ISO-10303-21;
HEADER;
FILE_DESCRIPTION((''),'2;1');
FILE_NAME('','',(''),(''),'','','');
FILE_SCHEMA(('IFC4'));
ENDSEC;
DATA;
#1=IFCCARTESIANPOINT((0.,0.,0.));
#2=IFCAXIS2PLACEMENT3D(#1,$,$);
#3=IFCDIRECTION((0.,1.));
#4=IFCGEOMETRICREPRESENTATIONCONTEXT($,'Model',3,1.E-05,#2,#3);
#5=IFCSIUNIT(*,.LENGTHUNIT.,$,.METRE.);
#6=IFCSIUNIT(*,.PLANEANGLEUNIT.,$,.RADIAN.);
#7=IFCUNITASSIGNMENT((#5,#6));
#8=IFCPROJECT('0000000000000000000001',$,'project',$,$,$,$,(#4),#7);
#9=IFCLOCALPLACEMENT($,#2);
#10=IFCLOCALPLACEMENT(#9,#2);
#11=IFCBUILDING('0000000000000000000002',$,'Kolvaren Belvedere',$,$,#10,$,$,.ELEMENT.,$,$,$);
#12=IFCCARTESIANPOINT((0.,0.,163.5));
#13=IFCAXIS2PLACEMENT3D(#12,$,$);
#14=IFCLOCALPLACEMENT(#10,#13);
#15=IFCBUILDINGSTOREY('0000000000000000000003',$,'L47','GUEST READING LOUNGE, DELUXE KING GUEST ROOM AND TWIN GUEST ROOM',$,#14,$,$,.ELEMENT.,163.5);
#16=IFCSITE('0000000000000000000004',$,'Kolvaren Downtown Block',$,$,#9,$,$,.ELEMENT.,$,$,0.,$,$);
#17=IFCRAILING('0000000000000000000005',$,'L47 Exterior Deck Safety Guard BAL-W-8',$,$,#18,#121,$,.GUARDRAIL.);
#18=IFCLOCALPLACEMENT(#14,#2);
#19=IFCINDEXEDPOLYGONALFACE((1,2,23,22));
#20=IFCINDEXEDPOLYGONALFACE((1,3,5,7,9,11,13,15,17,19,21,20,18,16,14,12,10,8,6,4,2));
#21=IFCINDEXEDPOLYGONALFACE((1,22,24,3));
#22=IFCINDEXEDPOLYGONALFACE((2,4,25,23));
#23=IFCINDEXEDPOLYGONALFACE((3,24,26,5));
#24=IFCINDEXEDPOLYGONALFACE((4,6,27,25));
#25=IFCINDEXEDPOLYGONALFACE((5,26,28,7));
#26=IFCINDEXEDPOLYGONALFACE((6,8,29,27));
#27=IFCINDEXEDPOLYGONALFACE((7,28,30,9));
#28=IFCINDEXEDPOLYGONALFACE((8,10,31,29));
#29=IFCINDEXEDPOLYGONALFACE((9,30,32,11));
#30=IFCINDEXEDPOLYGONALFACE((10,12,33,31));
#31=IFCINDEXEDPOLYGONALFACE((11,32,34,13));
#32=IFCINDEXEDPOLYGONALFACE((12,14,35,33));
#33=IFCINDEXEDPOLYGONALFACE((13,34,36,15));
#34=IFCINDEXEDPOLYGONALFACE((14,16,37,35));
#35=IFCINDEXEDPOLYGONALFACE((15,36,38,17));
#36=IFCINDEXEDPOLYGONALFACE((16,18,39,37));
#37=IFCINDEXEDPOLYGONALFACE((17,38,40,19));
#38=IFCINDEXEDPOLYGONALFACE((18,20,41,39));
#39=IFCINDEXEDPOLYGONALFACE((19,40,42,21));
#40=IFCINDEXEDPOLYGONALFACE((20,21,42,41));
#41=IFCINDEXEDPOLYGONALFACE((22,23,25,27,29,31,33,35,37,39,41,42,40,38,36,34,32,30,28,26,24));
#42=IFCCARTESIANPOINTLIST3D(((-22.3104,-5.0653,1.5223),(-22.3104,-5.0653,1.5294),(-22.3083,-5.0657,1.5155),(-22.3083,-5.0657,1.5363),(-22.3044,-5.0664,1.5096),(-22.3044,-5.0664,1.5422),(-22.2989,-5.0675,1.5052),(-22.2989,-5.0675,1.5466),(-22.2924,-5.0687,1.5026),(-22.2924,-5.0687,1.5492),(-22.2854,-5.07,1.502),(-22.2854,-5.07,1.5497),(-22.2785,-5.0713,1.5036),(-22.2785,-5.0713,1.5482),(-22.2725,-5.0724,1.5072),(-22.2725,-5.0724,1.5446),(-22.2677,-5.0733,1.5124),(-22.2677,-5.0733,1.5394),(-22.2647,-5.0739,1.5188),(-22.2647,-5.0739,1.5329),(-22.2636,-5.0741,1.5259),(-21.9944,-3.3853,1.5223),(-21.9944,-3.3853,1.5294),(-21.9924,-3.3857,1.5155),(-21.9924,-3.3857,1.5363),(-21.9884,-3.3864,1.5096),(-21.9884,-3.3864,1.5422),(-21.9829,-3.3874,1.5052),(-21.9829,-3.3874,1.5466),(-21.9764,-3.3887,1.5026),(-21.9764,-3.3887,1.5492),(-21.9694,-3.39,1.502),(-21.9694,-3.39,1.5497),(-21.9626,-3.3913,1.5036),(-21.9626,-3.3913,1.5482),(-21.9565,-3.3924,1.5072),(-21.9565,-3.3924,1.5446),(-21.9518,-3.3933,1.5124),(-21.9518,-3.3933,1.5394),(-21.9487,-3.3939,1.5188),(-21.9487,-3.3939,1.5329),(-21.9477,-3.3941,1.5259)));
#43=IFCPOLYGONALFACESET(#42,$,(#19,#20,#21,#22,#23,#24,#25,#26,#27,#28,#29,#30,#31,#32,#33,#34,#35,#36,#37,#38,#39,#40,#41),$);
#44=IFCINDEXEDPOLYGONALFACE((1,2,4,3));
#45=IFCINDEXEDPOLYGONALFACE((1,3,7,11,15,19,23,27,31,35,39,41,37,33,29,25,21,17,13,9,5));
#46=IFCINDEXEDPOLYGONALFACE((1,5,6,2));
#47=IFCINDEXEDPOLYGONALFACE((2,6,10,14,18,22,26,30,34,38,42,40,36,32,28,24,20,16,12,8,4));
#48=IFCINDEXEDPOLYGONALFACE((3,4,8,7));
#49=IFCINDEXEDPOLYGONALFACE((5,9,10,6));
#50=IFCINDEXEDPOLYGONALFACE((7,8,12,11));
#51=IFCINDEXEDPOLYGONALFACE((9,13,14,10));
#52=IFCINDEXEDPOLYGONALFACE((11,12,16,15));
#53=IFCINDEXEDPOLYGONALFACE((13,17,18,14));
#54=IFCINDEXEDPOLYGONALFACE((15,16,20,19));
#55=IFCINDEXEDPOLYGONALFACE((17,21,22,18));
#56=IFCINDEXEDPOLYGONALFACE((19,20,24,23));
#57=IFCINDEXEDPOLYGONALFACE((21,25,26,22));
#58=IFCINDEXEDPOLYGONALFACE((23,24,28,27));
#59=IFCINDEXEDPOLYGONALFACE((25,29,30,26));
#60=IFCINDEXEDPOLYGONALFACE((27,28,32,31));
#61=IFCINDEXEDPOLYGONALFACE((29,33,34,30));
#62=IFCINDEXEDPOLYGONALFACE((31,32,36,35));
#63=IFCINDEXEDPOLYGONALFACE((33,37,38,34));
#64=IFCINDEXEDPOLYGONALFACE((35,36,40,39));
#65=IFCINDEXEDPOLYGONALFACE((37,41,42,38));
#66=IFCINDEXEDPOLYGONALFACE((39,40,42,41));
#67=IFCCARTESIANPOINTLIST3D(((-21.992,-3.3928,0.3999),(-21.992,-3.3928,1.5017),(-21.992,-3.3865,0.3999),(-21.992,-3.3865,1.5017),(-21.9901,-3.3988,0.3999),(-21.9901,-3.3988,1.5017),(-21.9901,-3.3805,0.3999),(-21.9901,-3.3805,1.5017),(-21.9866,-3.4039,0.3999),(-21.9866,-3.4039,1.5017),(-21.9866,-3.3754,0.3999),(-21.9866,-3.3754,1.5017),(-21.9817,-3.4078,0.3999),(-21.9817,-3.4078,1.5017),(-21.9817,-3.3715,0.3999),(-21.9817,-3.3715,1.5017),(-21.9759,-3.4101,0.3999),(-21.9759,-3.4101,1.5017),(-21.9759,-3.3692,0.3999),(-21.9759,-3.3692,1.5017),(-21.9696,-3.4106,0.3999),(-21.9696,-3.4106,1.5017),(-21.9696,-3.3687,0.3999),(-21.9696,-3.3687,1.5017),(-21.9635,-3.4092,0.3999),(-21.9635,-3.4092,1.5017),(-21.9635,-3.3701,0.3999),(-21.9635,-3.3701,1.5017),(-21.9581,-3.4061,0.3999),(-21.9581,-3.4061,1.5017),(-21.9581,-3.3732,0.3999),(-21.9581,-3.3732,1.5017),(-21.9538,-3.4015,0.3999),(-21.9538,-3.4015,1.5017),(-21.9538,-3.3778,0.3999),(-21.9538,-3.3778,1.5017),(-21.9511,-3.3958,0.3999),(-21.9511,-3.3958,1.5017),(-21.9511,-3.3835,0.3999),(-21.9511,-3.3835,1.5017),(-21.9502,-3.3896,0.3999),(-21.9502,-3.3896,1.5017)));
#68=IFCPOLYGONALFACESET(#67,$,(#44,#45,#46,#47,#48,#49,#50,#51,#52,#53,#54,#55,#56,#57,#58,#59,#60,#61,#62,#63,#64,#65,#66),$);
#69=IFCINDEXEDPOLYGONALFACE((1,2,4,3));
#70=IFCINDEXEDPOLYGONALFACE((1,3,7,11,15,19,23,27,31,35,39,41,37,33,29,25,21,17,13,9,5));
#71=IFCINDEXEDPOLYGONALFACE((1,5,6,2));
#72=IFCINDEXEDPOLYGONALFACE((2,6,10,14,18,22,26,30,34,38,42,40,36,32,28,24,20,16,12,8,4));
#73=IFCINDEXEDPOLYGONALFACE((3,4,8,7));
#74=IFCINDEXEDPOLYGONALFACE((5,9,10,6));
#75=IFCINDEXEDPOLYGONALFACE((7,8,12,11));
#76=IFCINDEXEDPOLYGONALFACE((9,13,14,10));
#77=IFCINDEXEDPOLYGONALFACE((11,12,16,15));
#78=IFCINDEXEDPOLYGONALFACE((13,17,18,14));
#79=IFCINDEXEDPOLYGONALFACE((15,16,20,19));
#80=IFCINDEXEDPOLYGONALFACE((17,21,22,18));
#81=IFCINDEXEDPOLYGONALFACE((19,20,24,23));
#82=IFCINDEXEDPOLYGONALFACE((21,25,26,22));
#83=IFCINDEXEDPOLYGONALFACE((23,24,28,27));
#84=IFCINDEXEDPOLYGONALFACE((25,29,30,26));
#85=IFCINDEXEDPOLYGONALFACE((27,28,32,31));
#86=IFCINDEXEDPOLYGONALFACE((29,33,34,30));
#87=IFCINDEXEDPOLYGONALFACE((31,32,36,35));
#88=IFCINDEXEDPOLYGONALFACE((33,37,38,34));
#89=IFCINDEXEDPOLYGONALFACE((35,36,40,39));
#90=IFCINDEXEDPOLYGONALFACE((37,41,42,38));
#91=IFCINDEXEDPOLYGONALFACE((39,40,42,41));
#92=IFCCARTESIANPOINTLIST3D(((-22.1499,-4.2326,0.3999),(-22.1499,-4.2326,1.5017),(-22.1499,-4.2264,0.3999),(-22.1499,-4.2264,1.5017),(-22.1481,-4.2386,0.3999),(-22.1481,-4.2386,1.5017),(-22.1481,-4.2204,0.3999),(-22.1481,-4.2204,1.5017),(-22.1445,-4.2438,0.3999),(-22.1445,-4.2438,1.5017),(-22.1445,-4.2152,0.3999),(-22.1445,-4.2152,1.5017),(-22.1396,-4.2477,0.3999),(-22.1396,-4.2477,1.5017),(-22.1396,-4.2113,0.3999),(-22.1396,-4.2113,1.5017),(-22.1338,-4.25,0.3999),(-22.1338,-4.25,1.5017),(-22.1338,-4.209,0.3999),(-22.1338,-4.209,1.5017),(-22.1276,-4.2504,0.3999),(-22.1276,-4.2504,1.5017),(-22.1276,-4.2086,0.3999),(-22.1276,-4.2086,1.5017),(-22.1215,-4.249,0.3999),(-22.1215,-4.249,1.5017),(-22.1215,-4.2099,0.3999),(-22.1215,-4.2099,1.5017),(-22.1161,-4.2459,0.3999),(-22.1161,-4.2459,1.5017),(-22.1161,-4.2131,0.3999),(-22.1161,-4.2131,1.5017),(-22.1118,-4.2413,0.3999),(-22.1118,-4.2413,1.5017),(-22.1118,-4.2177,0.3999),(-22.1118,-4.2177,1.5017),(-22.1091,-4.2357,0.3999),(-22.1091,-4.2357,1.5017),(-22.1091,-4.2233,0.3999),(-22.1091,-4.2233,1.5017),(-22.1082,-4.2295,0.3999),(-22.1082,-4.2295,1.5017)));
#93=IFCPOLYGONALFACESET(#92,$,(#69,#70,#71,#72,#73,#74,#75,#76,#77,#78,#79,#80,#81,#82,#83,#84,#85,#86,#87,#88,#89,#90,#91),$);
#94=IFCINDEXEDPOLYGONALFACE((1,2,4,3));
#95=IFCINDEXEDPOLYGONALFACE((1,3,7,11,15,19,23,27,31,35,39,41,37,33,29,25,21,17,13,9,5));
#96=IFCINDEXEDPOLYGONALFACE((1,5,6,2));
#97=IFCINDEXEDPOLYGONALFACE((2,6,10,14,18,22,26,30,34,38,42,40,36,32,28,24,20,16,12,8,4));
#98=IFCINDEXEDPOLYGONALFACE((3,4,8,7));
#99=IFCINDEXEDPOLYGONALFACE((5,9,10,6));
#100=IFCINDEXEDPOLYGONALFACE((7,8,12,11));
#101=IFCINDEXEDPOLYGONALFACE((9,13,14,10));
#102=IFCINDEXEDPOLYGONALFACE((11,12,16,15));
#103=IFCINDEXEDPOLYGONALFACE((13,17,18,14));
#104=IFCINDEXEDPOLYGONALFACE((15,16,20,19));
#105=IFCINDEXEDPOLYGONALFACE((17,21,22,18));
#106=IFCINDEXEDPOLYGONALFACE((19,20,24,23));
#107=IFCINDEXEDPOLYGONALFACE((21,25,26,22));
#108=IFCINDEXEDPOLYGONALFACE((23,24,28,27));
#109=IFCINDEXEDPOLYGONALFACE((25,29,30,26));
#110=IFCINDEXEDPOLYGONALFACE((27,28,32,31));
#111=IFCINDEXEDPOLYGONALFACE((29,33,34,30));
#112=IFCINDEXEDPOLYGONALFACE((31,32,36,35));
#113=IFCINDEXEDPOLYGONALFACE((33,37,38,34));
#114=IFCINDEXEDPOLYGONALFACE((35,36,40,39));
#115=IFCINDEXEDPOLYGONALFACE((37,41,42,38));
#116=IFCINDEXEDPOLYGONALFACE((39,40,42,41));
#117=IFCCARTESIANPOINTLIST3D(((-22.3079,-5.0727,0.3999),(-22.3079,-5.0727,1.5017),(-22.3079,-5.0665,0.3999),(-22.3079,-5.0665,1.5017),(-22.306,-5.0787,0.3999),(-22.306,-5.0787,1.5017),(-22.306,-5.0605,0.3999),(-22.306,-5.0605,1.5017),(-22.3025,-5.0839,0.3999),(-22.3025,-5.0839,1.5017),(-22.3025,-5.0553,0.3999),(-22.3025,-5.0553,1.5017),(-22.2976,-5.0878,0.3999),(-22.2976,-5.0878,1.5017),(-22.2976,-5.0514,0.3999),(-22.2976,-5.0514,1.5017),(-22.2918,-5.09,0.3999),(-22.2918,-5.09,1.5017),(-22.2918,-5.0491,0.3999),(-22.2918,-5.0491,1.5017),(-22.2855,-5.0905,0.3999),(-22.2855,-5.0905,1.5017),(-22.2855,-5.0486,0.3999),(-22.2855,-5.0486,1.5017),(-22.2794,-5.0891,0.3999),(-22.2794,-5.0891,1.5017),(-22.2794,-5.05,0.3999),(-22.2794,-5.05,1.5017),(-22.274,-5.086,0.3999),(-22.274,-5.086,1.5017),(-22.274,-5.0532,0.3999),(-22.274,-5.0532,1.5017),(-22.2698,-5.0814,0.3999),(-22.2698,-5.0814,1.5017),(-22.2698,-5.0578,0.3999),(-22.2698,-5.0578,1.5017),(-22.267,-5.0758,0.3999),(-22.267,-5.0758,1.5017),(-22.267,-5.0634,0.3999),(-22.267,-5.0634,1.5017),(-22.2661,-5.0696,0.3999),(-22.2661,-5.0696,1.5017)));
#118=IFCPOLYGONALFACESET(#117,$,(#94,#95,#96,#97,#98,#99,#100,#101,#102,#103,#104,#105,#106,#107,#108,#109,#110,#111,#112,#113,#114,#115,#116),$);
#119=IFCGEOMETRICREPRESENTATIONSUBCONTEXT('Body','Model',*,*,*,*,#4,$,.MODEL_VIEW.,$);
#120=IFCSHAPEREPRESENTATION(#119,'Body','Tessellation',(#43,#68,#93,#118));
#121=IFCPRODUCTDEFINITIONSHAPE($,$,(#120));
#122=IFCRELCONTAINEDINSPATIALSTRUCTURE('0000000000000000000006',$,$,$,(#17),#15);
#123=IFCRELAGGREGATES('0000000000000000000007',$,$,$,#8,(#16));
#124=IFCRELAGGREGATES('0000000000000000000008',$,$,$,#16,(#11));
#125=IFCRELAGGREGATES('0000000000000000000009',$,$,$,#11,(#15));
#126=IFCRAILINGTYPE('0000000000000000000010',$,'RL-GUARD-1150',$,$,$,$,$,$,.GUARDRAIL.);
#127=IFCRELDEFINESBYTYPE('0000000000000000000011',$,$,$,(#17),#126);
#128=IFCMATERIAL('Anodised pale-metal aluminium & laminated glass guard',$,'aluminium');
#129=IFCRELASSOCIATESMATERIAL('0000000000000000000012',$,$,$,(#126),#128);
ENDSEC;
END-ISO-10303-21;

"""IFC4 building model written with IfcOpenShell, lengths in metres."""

from ifc_helpers import new_model, si_unit, direction, frame, origin, origin_2d, place, context, subcontext, project, spatial, circle, extrude, material, type_object, element, save


model = new_model("IFC4")

# Units and contexts
model_context = context("Model", 3, precision=1e-05, world=origin(), true_north=direction((0.0, 1.0)))
body_context = subcontext(model_context, "Body", "Model", "MODEL_VIEW")
ifc_project = project(units=[si_unit("LENGTHUNIT", "METRE"), si_unit("PLANEANGLEUNIT", "RADIAN")], contexts=[model_context])

# Site, building, storey
site_placement = place(None, origin())
site = spatial("IfcSite", under=ifc_project, at=site_placement, Name="Kolvaren Downtown Block", CompositionType="ELEMENT", RefElevation=0.0)
building_placement = place(site_placement, origin())
building = spatial("IfcBuilding", under=site, at=building_placement, Name="Kolvaren Belvedere", CompositionType="ELEMENT")
storey_placement = place(building_placement, frame((0.0, 0.0, 163.5)))
storey = spatial("IfcBuildingStorey", under=building, at=storey_placement, Name="L47", Description="GUEST READING LOUNGE, DELUXE KING GUEST ROOM AND TWIN GUEST ROOM", CompositionType="ELEMENT", Elevation=163.5)

# Railing
ifc_material_1 = material(Name="Anodised pale-metal aluminium & laminated glass guard", Category="aluminium")
railing_type = type_object("IfcRailingType", Name="RL-GUARD-1150", PredefinedType="GUARDRAIL", material=ifc_material_1)
railing_1_placement = place(storey_placement, frame((-21.9712, -3.3896, 0.3999)))
element("IfcRailing", 1, at=railing_1_placement, inside=storey, type_object=railing_type, Name="L47 Exterior Deck Safety Guard BAL-W-8", PredefinedType="GUARDRAIL", context=body_context, shape_type="SweptSolid", body=[
    extrude(circle(Radius=0.0239, at=origin_2d()), frame((0.0, 0.0, 1.126), z_axis=(-0.184815, -0.982773, 0.0), x_axis=(0.982773, -0.184815, 0.0)), (0.0, 0.0, 1.0), 1.7095),
    extrude(circle(Radius=0.021, at=origin_2d()), origin(), (0.0, 0.0, 1.0), 1.1018),
    extrude(circle(Radius=0.021, at=origin_2d()), frame((-0.158, -0.8398, 0.0)), (0.0, 0.0, 1.0), 1.1018),
    extrude(circle(Radius=0.021, at=origin_2d()), frame((-0.3159, -1.6799, 0.0)), (0.0, 0.0, 1.0), 1.1018),
])

save(model, "model.ifc")
